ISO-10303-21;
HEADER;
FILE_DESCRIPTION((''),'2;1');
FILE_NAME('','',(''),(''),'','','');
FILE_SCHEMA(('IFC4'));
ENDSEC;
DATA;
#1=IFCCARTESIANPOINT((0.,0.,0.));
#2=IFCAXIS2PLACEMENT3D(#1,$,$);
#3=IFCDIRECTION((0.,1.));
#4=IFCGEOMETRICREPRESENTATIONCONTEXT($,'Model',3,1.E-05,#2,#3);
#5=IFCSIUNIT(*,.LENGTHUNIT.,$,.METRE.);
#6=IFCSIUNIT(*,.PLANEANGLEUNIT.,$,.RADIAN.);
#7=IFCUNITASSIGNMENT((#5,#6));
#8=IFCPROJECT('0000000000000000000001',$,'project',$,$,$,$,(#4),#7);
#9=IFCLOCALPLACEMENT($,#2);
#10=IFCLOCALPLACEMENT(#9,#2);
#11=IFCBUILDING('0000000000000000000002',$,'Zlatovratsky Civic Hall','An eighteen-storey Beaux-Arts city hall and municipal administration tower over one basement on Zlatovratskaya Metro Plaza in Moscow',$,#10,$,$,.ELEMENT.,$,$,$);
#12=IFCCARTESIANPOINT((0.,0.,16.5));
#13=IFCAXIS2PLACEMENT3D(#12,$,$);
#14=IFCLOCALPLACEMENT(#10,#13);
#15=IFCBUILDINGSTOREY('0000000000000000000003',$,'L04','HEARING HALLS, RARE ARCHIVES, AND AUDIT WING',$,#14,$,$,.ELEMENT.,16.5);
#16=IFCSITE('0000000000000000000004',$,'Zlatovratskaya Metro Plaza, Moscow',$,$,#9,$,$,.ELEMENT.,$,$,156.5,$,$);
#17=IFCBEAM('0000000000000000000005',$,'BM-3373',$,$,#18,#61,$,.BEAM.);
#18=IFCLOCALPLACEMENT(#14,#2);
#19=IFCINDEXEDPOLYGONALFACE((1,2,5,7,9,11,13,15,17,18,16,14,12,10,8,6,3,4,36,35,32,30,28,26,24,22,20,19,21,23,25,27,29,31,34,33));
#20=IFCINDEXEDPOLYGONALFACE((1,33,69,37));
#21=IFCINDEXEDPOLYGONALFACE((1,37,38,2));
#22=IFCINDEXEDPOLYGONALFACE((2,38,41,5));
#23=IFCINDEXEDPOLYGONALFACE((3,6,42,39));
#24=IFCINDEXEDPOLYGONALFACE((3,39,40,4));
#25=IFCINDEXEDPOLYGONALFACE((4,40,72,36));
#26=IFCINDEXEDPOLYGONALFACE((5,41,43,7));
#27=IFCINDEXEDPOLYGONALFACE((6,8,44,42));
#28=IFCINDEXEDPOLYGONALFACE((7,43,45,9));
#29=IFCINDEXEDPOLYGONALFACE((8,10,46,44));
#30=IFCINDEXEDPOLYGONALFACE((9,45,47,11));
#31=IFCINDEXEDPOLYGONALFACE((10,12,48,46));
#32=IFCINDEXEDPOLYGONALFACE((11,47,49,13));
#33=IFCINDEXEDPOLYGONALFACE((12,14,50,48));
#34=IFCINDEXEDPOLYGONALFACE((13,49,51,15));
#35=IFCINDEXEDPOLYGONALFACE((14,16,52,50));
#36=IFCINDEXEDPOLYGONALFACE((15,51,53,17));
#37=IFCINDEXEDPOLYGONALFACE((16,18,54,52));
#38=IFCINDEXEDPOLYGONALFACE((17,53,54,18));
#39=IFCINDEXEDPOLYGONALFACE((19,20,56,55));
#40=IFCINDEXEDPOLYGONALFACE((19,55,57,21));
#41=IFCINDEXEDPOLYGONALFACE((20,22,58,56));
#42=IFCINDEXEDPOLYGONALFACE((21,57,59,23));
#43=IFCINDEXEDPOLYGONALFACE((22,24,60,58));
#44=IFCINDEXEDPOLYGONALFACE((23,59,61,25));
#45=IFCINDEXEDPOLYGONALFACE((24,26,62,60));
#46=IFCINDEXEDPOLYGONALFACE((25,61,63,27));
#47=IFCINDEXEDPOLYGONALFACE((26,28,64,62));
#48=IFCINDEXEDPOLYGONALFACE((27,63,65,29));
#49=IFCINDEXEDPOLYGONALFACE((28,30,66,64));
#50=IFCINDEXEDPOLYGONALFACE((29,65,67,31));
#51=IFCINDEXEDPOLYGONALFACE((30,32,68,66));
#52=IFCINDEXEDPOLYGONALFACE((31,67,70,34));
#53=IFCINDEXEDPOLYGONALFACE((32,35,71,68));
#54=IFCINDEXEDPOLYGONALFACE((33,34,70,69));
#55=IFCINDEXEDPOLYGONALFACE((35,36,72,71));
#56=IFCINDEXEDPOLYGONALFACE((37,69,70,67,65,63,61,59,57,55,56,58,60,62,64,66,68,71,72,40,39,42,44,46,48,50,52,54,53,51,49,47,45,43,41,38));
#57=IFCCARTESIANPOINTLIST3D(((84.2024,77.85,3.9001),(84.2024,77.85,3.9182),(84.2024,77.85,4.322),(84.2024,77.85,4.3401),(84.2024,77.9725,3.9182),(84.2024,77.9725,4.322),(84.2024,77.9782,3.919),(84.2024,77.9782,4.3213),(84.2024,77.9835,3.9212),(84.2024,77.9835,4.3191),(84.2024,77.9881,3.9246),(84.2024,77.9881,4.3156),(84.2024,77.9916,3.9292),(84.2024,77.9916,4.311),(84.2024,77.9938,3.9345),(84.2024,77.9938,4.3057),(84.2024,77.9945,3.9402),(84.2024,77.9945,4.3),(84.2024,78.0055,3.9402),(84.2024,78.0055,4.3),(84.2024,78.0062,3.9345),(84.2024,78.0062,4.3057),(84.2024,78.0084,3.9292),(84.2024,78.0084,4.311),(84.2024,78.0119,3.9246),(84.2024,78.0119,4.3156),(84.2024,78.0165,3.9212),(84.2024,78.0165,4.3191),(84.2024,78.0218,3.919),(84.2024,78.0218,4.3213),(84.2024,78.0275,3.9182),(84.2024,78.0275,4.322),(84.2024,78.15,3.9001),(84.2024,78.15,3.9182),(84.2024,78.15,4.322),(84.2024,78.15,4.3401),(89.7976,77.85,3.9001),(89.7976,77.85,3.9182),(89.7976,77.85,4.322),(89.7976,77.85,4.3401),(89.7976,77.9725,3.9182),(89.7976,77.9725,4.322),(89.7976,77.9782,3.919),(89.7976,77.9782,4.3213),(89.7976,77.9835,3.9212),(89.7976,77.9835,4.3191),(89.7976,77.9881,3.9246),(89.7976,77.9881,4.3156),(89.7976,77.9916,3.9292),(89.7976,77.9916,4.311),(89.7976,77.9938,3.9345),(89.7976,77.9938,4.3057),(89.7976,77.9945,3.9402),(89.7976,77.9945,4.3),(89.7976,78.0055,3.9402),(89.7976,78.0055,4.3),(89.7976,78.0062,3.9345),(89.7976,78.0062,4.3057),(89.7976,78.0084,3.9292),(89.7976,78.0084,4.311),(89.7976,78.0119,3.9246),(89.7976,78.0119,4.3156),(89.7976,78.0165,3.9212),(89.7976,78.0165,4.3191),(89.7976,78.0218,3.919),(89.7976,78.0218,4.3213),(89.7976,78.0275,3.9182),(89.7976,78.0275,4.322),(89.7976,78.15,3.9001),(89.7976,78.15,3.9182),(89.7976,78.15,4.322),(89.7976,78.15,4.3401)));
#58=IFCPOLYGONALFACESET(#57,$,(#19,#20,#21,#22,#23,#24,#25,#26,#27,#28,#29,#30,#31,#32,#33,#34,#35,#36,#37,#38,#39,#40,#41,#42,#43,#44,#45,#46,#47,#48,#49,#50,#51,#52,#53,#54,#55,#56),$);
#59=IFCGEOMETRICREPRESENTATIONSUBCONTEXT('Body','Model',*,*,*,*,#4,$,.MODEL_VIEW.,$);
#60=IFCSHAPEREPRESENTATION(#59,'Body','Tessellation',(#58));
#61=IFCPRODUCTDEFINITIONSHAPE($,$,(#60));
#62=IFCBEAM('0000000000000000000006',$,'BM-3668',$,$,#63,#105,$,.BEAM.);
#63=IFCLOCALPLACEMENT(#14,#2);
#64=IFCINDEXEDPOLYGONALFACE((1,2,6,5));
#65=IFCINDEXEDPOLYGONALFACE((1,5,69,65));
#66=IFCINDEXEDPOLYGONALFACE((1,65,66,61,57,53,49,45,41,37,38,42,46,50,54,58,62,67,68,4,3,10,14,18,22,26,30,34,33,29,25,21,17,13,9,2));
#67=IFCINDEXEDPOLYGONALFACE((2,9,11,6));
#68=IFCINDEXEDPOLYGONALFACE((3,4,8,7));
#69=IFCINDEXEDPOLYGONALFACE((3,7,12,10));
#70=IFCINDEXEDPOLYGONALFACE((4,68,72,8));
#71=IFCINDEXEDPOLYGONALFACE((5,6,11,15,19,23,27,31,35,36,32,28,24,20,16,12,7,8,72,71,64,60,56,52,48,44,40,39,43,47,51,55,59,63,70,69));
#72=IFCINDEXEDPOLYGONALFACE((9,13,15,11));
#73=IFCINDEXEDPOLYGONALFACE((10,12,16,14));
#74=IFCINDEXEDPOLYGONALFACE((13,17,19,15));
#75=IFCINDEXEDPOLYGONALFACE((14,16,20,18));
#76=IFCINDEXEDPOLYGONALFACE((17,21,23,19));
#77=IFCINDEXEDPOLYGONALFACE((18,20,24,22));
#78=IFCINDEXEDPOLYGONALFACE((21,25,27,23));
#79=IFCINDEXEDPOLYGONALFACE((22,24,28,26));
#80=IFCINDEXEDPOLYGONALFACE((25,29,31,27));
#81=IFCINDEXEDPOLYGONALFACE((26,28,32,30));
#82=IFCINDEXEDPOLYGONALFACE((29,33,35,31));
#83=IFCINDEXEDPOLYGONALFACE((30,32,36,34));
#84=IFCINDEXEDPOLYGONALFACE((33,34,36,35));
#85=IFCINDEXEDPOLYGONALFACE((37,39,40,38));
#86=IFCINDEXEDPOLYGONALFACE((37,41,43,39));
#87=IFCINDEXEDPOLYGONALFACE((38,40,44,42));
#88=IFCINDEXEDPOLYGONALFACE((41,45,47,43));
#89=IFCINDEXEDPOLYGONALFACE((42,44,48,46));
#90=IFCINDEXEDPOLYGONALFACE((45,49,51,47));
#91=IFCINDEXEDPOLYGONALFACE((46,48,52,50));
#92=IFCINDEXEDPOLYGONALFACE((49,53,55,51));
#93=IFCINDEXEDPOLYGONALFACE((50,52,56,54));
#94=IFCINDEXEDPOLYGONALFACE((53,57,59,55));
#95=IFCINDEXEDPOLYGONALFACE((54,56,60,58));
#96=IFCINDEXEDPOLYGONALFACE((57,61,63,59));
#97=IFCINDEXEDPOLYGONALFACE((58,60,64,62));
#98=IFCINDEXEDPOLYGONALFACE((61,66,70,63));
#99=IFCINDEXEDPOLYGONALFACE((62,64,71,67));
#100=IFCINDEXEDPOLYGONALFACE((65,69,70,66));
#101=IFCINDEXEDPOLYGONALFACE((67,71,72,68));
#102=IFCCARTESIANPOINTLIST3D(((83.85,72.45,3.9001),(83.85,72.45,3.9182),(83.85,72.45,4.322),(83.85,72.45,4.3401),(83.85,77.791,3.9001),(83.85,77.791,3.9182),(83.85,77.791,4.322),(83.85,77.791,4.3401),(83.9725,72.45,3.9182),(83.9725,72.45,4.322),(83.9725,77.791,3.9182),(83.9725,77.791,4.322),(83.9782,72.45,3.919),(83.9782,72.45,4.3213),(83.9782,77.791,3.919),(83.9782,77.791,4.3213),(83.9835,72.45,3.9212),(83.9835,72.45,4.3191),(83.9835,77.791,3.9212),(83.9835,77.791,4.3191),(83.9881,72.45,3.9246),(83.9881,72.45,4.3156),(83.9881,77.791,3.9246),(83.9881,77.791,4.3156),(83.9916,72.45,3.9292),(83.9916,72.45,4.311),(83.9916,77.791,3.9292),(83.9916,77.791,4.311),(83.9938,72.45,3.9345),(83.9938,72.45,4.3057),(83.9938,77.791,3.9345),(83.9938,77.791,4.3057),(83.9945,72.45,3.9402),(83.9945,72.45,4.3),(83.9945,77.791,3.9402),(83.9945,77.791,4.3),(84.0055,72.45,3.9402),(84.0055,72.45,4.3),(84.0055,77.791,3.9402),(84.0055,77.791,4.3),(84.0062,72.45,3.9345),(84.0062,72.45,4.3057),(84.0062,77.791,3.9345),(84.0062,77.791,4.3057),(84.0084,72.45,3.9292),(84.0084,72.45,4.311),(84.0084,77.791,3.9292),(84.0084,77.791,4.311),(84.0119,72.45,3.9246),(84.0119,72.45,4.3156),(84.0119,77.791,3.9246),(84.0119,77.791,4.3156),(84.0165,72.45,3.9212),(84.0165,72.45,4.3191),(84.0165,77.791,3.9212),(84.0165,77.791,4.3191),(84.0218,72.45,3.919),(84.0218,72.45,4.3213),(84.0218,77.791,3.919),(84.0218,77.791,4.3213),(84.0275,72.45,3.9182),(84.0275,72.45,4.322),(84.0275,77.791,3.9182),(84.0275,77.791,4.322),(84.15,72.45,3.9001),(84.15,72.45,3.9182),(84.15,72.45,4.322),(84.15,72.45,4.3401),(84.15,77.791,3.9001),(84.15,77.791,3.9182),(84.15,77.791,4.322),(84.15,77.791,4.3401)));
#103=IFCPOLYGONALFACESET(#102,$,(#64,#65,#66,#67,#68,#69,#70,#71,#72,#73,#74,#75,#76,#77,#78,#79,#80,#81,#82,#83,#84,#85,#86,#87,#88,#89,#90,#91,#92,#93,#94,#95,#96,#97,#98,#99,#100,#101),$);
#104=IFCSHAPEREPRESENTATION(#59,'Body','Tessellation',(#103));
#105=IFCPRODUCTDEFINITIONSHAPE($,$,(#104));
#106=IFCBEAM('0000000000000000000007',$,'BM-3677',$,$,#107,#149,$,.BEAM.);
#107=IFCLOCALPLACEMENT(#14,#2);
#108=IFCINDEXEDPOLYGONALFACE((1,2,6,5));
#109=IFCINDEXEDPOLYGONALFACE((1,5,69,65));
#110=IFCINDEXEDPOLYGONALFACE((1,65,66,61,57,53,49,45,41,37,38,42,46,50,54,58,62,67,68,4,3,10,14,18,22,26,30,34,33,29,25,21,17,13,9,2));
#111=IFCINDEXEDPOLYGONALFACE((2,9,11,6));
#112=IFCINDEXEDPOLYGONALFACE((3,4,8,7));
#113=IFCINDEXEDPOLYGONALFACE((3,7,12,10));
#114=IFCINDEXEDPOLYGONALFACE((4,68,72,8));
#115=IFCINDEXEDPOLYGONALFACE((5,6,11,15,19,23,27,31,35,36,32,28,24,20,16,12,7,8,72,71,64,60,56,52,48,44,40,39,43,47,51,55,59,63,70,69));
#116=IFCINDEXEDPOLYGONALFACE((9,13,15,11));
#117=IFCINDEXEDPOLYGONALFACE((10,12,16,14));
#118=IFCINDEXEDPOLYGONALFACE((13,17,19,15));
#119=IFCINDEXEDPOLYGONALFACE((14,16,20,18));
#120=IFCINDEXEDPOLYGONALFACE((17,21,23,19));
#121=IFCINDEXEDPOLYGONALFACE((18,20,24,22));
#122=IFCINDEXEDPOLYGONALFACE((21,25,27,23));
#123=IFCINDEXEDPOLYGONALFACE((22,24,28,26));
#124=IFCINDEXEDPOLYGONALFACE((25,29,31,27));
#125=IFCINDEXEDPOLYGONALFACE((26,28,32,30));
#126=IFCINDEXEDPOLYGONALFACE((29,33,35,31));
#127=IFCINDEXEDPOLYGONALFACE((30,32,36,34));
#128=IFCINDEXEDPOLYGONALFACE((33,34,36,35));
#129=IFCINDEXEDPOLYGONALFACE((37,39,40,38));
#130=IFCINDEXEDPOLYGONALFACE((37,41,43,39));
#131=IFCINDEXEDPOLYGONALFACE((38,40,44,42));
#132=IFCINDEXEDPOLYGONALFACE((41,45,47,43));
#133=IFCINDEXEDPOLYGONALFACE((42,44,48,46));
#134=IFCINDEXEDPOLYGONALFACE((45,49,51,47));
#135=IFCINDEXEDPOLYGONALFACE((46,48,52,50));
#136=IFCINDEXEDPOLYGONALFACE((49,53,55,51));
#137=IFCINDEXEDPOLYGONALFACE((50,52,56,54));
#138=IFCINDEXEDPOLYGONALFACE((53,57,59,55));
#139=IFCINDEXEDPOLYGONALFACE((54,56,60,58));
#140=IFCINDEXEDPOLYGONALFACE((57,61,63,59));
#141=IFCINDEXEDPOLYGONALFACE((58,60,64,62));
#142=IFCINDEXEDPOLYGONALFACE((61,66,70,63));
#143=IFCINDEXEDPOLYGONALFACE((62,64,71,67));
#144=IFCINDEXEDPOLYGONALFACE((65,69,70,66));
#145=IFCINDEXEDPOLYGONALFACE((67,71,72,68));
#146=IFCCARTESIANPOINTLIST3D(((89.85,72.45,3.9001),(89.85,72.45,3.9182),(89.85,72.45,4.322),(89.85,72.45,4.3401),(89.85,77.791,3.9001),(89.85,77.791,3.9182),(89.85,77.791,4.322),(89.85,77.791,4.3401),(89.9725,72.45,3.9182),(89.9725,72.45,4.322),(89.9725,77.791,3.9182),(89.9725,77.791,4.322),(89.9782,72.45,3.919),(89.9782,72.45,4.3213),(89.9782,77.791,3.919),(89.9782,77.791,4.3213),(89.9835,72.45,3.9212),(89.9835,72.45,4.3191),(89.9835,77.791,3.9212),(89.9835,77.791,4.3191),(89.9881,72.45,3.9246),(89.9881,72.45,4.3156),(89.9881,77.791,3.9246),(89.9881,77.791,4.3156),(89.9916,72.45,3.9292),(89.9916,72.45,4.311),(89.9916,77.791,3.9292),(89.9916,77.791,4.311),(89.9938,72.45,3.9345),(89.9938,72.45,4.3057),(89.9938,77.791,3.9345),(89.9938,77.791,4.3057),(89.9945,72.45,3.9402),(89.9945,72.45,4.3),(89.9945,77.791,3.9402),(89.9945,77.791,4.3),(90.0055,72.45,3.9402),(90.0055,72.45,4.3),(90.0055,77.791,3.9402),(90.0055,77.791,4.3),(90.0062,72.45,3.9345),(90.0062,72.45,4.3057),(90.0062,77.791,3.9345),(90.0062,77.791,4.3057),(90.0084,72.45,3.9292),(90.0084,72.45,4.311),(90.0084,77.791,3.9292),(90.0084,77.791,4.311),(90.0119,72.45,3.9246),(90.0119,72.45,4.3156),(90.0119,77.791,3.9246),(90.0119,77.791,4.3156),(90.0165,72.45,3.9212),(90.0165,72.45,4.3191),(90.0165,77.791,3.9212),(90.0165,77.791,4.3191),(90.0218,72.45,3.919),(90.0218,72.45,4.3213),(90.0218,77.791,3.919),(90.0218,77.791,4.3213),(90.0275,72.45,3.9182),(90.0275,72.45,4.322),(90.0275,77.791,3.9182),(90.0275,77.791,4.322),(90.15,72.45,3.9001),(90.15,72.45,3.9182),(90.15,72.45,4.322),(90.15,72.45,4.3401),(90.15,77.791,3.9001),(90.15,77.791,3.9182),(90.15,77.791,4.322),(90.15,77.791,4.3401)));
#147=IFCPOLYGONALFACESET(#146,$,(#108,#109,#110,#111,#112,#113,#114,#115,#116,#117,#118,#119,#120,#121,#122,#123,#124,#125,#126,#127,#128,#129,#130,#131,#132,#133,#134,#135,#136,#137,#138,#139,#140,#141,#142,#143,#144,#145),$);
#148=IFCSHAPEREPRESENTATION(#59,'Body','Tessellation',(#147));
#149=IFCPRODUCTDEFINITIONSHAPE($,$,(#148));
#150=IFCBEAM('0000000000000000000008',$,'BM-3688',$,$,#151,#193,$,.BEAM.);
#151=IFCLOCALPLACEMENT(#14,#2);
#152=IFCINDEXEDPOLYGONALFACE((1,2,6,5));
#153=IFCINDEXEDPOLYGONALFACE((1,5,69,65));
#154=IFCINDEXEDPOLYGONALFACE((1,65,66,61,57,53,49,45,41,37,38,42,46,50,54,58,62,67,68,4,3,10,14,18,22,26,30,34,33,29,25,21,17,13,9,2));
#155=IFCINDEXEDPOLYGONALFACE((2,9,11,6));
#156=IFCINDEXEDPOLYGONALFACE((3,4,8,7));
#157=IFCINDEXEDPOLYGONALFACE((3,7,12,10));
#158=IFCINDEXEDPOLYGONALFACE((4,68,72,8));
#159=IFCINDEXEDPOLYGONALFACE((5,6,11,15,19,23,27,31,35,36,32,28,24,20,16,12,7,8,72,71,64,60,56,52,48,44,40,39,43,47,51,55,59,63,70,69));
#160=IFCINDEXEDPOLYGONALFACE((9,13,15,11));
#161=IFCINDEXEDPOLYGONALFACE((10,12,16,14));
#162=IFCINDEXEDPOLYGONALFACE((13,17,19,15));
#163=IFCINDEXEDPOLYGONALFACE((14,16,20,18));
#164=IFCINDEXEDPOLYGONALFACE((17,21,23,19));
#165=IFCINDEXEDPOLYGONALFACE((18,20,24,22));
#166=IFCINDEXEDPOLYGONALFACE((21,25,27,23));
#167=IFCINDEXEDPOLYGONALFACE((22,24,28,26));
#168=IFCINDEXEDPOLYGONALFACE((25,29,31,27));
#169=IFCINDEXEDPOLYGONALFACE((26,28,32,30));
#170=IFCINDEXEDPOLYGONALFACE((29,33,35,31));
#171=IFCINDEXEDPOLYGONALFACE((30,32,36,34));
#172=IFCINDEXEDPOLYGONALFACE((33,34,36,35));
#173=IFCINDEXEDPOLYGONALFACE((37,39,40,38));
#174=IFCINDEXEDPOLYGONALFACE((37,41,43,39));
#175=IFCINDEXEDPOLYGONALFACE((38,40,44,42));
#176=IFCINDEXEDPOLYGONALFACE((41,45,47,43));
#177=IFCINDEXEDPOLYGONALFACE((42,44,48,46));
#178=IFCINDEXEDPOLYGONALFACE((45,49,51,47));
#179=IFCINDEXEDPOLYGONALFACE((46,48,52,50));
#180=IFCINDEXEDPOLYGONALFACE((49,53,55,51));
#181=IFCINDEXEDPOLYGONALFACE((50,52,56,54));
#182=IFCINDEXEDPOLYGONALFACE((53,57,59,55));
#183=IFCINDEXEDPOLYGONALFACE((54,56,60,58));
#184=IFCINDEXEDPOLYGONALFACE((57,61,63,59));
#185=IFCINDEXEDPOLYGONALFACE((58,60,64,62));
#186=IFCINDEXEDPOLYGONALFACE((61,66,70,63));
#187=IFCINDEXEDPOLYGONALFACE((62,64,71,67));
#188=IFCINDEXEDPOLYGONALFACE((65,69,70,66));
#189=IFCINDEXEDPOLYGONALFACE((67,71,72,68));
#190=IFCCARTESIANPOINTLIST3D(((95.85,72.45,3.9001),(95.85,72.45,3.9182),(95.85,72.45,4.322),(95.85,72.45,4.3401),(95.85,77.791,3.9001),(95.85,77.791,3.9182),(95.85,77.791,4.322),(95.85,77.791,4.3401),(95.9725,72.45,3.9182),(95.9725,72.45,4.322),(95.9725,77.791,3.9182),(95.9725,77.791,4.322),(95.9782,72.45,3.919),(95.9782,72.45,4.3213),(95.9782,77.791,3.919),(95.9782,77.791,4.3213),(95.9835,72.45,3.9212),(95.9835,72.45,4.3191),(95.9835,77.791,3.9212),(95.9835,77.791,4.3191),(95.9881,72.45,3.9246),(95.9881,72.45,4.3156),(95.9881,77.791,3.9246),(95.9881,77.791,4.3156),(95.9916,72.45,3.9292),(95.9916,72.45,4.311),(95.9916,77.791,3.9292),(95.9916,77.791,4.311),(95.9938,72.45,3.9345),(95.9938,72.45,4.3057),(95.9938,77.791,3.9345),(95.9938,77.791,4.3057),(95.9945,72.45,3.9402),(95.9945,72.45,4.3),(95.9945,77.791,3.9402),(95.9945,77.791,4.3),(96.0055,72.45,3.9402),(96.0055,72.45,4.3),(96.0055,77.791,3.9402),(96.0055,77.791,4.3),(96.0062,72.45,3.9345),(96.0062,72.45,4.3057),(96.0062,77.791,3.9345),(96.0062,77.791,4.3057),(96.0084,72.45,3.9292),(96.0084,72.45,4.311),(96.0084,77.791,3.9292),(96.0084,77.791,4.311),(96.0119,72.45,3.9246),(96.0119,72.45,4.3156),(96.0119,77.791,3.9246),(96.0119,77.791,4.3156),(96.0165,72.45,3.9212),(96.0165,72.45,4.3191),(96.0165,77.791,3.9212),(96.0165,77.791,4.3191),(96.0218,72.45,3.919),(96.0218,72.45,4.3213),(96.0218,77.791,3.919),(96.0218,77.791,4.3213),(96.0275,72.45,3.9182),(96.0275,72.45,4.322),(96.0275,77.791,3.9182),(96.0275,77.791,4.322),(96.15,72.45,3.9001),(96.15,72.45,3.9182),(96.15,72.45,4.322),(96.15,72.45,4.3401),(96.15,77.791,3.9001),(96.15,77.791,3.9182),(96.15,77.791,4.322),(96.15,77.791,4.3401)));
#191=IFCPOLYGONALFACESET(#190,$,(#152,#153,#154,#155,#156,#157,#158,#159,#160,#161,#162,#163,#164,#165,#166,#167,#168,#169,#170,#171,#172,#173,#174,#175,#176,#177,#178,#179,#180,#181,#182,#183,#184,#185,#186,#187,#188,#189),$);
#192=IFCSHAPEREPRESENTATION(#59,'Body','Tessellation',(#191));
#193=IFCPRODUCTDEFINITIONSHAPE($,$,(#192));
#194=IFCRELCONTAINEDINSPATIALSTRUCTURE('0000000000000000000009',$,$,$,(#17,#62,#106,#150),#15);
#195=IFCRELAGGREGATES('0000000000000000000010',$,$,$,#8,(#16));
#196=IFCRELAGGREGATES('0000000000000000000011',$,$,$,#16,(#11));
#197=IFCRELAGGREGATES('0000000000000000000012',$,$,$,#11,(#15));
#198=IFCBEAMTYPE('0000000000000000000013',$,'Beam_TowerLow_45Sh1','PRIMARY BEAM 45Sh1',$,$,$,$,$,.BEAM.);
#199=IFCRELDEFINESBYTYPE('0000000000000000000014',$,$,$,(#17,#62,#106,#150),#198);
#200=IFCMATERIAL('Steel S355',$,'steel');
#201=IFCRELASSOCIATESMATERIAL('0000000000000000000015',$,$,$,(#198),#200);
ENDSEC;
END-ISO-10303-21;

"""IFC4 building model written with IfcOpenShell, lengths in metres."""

from ifc_helpers import new_model, si_unit, direction, frame, origin, origin_2d, place, context, subcontext, project, spatial, i_section, extrude, material, material_profile, profile_set, type_object, element, save


model = new_model("IFC4")

# Units and contexts
model_context = context("Model", 3, precision=1e-05, world=origin(), true_north=direction((0.0, 1.0)))
body_context = subcontext(model_context, "Body", "Model", "MODEL_VIEW")
ifc_project = project(units=[si_unit("LENGTHUNIT", "METRE"), si_unit("PLANEANGLEUNIT", "RADIAN")], contexts=[model_context])

# Site, building, storey
site_placement = place(None, origin())
site = spatial("IfcSite", under=ifc_project, at=site_placement, Name="Zlatovratskaya Metro Plaza, Moscow", CompositionType="ELEMENT", RefElevation=156.5)
building_placement = place(site_placement, origin())
building = spatial("IfcBuilding", under=site, at=building_placement, Name="Zlatovratsky Civic Hall", Description="An eighteen-storey Beaux-Arts city hall and municipal administration tower over one basement on Zlatovratskaya Metro Plaza in Moscow", CompositionType="ELEMENT")
storey_placement = place(building_placement, frame((0.0, 0.0, 16.5)))
storey = spatial("IfcBuildingStorey", under=building, at=storey_placement, Name="L04", Description="HEARING HALLS, RARE ARCHIVES, AND AUDIT WING", CompositionType="ELEMENT", Elevation=16.5)

# Shared definitions
ifc_material_1 = material(Name="Steel S355", Category="steel")

# Beams
ifc_material_profile_1 = material_profile(ifc_material_1, i_section(OverallWidth=0.3, OverallDepth=0.4399, WebThickness=0.011, FlangeThickness=0.0181, FilletRadius=0.022, at=origin_2d()), Name="45Sh1")
ifc_profile_set_1 = profile_set([ifc_material_profile_1], Name="Steel S355")
beam_type_1 = type_object("IfcBeamType", Name="Beam_TowerLow_45Sh1", Description="PRIMARY BEAM 45Sh1", PredefinedType="BEAM", material=ifc_profile_set_1)
beam_1_placement = place(storey_placement, frame((84.2024, 78.0, 4.1201), z_axis=(1.0, 0.0, 0.0), x_axis=(0.0, 1.0, 0.0)))
element("IfcBeam", 1, at=beam_1_placement, inside=storey, type_object=beam_type_1, Name="BM-3373", PredefinedType="BEAM", context=body_context, shape_type="SweptSolid", body=[
    extrude(i_section(OverallWidth=0.3, OverallDepth=0.4399, WebThickness=0.011, FlangeThickness=0.0181, FilletRadius=0.022, at=origin_2d()), origin(), (0.0, 0.0, 1.0), 5.5952),
])
for number, where, z_axis, x_axis, name in (
    (2, (84.0, 72.45, 4.1201), (0.0, 1.0, 0.0), (-1.0, 0.0, 0.0), "BM-3668"),
    (3, (90.0, 72.45, 4.1201), (0.0, 1.0, 0.0), (-1.0, 0.0, 0.0), "BM-3677"),
    (4, (96.0, 72.45, 4.1201), (0.0, 1.0, 0.0), (-1.0, 0.0, 0.0), "BM-3688"),
):
    element("IfcBeam", number, at=place(storey_placement, frame(where, z_axis=z_axis, x_axis=x_axis)), inside=storey, type_object=beam_type_1, Name=name, PredefinedType="BEAM", context=body_context, shape_type="SweptSolid", body=[
        extrude(i_section(OverallWidth=0.3, OverallDepth=0.4399, WebThickness=0.011, FlangeThickness=0.0181, FilletRadius=0.022, at=origin_2d()), origin(), (0.0, 0.0, 1.0), 5.3411),
    ])

save(model, "model.ifc")
